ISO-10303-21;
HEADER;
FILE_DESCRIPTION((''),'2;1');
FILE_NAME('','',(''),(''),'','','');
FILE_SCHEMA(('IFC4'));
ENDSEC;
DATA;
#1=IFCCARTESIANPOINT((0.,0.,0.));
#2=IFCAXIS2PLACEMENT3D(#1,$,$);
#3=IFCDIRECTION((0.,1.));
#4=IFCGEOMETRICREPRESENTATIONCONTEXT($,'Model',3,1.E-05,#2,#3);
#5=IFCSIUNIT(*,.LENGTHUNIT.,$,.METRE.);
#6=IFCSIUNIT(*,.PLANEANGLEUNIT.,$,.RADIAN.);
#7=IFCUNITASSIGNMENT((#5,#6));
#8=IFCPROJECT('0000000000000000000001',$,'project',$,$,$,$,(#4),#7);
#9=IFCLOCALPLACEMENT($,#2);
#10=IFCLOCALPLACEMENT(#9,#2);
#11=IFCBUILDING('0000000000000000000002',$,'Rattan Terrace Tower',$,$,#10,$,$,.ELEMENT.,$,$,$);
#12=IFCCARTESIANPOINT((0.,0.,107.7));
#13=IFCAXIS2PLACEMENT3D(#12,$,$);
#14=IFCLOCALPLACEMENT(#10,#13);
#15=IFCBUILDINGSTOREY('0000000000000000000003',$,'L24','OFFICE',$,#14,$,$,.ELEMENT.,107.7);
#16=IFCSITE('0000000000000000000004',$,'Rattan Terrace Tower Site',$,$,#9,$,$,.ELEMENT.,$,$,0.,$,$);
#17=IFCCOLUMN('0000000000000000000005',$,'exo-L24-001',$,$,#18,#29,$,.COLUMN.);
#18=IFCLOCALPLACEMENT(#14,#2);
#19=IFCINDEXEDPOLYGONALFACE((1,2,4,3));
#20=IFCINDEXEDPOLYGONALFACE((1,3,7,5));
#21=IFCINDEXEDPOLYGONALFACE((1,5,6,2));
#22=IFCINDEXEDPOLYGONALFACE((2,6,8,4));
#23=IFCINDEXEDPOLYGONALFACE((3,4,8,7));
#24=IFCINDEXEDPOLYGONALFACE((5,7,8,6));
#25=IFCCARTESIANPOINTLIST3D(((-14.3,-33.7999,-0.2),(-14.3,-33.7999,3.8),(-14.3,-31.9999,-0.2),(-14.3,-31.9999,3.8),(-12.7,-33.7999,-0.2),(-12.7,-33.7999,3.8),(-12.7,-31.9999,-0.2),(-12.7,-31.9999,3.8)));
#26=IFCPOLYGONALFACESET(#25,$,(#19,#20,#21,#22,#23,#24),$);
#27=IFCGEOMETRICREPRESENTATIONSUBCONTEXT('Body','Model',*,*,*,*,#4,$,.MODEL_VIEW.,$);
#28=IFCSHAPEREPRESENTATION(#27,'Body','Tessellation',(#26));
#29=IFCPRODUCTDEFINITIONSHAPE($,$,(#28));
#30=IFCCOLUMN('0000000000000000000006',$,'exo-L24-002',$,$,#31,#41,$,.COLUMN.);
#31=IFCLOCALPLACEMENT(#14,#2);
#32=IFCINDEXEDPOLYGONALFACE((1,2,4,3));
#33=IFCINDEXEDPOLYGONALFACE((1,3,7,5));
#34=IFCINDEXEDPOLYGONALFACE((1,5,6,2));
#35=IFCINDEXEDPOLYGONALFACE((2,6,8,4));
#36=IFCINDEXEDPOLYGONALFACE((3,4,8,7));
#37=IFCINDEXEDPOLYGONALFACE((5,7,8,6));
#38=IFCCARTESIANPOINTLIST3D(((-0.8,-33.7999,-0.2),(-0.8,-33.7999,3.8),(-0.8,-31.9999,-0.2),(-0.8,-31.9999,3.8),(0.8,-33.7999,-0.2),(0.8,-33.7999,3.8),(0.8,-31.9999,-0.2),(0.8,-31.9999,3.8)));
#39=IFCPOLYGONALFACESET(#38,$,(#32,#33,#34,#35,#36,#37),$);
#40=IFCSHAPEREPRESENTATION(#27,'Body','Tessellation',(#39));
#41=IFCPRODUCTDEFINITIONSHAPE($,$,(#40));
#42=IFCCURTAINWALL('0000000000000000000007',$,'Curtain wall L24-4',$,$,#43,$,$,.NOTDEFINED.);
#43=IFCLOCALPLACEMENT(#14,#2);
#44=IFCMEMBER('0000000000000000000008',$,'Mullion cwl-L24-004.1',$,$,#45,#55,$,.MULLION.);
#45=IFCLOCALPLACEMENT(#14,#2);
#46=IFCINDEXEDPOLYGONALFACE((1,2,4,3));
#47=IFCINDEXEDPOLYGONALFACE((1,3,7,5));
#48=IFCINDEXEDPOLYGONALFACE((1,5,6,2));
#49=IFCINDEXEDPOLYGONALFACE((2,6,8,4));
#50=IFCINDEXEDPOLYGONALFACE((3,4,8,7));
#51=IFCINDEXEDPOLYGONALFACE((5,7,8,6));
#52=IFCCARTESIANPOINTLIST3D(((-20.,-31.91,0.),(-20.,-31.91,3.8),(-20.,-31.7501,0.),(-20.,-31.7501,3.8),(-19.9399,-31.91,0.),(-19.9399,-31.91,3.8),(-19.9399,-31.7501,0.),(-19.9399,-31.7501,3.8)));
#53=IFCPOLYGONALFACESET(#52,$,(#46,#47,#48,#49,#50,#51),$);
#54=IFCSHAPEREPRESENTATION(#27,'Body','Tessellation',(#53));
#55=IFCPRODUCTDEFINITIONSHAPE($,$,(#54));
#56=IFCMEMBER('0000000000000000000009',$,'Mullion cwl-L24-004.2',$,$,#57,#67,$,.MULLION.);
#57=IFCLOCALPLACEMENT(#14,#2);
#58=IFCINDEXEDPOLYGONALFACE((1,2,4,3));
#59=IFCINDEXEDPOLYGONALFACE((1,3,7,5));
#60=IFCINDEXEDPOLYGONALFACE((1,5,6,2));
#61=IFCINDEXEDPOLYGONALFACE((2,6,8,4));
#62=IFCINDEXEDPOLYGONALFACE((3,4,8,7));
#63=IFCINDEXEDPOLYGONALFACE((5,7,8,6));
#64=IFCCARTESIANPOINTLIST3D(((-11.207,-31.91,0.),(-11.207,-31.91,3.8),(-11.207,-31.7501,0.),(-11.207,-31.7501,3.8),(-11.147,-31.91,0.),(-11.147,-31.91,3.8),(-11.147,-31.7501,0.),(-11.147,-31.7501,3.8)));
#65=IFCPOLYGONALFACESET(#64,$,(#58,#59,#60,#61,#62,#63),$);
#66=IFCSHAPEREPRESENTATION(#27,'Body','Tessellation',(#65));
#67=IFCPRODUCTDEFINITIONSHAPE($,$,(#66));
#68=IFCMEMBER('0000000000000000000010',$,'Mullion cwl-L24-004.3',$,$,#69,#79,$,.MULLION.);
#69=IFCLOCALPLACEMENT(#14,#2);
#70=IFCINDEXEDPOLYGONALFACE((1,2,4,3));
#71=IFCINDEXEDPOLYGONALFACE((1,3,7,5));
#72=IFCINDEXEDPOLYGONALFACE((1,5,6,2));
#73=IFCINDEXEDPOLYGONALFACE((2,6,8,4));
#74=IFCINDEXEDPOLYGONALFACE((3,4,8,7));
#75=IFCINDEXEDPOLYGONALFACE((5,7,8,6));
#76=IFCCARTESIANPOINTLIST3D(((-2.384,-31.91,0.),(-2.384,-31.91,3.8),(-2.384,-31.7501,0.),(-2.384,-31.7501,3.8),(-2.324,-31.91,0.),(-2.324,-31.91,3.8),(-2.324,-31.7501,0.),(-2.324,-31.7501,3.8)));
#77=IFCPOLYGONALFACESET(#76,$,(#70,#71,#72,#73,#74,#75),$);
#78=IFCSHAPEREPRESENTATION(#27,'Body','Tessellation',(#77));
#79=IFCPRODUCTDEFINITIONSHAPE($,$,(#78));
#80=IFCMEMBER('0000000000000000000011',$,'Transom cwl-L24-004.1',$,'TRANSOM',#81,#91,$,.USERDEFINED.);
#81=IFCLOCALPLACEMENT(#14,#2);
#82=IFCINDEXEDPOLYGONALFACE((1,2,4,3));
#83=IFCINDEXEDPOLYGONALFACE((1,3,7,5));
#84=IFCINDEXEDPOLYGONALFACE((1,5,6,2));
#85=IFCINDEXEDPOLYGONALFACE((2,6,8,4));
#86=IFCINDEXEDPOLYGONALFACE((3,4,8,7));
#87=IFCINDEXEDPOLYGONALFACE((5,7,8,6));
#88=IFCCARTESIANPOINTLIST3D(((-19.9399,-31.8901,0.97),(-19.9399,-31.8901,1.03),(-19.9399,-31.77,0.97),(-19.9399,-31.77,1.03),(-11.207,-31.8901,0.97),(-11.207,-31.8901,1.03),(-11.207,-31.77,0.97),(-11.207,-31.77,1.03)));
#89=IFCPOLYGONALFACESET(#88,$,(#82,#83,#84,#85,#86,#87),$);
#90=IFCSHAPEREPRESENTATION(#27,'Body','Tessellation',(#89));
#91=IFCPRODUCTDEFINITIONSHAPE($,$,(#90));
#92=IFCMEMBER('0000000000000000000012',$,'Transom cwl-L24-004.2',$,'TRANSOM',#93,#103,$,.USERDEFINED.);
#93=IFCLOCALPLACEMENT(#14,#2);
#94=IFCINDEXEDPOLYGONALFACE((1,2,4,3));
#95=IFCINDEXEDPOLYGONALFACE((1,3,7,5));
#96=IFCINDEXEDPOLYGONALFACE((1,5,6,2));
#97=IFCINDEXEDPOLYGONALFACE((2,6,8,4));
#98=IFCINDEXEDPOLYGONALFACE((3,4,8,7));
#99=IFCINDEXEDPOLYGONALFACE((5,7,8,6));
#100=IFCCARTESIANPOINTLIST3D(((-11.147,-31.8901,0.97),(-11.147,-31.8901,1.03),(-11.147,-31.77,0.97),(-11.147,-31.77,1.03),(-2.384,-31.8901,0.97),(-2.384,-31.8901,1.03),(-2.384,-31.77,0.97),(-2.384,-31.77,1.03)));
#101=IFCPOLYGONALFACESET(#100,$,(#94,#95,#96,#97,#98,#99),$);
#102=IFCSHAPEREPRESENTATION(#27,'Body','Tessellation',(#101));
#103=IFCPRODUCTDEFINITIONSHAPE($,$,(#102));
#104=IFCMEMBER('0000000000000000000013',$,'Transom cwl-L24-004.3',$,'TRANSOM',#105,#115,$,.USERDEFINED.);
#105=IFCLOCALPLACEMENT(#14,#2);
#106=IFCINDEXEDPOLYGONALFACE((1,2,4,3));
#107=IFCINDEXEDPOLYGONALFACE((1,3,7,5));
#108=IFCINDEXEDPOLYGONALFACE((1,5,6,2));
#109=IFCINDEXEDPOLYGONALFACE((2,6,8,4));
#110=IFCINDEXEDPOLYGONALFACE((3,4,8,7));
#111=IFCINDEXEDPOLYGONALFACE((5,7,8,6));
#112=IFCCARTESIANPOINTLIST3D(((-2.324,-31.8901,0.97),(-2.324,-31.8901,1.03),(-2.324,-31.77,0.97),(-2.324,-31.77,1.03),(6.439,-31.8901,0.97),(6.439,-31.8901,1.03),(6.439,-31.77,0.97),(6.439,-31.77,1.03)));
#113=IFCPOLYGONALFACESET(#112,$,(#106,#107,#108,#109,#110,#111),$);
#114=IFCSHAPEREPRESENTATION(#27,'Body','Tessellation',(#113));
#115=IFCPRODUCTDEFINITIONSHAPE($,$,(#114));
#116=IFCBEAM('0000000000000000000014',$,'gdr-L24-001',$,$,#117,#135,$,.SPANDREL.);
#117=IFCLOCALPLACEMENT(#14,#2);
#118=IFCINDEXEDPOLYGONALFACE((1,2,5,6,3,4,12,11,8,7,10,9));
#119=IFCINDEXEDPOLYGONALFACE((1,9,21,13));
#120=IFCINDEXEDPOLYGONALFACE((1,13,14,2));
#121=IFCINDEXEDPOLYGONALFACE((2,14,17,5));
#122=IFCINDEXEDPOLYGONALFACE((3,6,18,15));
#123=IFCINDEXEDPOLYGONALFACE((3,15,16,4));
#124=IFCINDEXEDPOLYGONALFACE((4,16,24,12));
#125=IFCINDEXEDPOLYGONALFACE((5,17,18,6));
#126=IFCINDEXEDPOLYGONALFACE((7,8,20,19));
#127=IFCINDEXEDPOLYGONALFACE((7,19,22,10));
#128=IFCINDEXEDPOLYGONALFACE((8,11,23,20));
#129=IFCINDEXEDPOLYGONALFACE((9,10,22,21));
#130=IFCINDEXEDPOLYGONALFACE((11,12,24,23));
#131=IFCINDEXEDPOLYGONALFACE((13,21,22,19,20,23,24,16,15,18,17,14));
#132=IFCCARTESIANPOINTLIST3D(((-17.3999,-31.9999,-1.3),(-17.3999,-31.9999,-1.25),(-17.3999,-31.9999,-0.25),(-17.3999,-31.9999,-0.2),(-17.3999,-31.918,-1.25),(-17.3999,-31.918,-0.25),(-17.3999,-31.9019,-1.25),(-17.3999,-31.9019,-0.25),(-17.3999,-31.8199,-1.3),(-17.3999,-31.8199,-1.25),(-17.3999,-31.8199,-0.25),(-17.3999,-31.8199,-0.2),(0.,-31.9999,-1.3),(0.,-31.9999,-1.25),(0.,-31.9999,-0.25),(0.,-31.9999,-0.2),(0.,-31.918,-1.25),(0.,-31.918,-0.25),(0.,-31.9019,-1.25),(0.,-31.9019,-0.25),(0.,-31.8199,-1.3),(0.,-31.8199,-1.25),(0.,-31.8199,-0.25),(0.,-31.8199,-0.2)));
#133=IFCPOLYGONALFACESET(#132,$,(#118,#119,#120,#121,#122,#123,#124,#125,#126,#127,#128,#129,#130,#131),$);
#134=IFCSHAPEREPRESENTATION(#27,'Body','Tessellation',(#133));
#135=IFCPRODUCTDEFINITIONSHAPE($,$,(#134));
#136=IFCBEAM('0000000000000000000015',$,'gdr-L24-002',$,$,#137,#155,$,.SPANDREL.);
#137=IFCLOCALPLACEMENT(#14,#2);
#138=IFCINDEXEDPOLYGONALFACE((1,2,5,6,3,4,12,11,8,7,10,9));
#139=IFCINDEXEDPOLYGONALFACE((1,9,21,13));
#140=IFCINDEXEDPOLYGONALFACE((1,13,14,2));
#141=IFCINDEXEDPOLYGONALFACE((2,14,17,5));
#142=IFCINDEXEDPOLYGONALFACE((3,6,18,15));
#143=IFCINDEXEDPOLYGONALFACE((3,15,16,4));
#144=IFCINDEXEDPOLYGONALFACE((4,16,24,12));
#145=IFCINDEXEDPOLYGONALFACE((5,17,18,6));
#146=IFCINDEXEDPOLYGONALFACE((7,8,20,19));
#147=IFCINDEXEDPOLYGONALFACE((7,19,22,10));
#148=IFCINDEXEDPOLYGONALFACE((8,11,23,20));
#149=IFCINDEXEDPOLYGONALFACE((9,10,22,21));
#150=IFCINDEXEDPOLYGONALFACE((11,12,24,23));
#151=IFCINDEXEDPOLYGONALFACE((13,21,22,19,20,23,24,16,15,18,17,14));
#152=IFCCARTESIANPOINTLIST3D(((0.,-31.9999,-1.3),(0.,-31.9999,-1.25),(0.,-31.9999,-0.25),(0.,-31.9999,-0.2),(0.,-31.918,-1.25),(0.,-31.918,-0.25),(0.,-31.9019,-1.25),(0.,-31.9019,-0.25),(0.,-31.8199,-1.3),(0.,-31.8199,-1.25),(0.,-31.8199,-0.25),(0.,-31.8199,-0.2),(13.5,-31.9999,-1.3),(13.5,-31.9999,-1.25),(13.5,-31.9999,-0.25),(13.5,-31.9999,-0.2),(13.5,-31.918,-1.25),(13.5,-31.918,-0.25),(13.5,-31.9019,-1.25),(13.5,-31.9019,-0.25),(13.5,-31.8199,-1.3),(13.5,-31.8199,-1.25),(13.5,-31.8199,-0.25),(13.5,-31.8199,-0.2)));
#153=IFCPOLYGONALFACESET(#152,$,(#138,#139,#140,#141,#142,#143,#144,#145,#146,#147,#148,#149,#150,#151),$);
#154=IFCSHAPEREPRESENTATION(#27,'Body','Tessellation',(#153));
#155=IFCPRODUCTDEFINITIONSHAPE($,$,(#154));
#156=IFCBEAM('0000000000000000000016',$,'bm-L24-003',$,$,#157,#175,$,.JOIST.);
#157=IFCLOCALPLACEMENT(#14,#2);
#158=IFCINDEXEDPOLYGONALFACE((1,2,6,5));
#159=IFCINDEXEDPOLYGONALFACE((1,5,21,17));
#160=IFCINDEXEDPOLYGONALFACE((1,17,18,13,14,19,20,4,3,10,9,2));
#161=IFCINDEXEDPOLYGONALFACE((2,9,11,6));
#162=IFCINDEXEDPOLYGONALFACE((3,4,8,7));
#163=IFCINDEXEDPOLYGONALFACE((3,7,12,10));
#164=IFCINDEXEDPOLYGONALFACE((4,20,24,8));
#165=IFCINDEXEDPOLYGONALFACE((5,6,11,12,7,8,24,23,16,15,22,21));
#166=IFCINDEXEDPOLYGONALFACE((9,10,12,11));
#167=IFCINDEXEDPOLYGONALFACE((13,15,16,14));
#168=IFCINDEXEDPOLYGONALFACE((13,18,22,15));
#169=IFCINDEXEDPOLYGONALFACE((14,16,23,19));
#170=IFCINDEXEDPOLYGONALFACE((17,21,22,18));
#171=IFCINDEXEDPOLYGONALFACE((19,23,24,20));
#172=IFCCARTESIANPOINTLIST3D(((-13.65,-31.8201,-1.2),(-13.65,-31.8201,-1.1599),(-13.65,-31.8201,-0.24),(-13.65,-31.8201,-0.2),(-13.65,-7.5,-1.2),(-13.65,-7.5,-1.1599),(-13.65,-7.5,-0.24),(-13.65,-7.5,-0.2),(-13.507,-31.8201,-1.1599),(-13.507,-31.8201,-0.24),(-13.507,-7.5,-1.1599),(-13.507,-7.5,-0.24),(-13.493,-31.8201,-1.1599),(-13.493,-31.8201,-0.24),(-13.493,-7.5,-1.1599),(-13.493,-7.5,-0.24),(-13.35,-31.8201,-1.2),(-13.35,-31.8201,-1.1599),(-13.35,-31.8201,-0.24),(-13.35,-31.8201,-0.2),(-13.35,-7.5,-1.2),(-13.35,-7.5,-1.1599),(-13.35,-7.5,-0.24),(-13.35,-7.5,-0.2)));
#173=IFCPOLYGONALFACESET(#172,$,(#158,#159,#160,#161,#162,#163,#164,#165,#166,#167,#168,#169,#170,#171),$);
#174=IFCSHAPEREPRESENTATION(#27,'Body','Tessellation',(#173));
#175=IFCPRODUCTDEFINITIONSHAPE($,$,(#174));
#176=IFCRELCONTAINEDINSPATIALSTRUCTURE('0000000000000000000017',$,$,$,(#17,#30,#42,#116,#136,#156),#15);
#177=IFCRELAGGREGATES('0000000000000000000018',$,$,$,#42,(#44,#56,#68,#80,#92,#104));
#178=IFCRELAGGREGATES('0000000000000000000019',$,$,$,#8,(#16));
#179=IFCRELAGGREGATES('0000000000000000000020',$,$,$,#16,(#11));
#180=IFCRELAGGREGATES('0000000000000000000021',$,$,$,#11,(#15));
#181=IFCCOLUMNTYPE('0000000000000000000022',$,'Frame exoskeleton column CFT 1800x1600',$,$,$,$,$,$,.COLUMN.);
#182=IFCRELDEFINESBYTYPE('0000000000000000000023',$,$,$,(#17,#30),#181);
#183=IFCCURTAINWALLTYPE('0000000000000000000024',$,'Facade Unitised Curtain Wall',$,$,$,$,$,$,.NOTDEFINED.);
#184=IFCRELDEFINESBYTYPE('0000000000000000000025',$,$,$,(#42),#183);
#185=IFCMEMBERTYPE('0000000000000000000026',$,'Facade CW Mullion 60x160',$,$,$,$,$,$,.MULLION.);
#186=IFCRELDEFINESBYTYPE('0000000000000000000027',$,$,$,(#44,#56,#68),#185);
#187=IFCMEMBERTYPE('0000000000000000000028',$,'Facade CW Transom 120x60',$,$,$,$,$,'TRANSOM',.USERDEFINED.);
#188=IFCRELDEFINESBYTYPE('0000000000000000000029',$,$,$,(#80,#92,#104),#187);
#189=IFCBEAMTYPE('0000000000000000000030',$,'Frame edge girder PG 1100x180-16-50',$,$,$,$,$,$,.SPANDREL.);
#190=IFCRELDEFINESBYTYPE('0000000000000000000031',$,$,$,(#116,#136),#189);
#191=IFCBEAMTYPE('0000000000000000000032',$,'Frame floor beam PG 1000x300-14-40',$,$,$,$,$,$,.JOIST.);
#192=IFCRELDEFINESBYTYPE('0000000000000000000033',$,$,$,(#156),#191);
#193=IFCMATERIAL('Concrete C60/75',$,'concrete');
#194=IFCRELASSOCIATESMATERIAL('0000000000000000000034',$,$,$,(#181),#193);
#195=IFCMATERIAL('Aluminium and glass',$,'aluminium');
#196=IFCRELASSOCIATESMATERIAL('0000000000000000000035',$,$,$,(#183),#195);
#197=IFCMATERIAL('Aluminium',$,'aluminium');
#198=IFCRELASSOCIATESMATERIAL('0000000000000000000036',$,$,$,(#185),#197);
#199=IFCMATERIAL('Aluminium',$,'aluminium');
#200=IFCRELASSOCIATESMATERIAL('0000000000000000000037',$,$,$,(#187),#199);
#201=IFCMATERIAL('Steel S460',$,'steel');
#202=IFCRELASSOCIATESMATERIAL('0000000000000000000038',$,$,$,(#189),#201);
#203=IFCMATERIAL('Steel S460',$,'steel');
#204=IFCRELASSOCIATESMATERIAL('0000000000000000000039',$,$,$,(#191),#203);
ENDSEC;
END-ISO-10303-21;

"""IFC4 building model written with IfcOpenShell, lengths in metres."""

from ifc_helpers import new_model, si_unit, direction, frame, origin, origin_2d, place, context, subcontext, project, spatial, rectangle, i_section, extrude, material, material_profile, profile_set, type_object, element, aggregate, save


model = new_model("IFC4")

# Units and contexts
model_context = context("Model", 3, precision=1e-05, world=origin(), true_north=direction((0.0, 1.0)))
body_context = subcontext(model_context, "Body", "Model", "MODEL_VIEW")
ifc_project = project(units=[si_unit("LENGTHUNIT", "METRE"), si_unit("PLANEANGLEUNIT", "RADIAN")], contexts=[model_context])

# Site, building, storey
site_placement = place(None, origin())
site = spatial("IfcSite", under=ifc_project, at=site_placement, Name="Rattan Terrace Tower Site", CompositionType="ELEMENT", RefElevation=0.0)
building_placement = place(site_placement, origin())
building = spatial("IfcBuilding", under=site, at=building_placement, Name="Rattan Terrace Tower", CompositionType="ELEMENT")
storey_placement = place(building_placement, frame((0.0, 0.0, 107.7)))
storey = spatial("IfcBuildingStorey", under=building, at=storey_placement, Name="L24", Description="OFFICE", CompositionType="ELEMENT", Elevation=107.7)

# Columns
ifc_material_1 = material(Name="Concrete C60/75", Category="concrete")
ifc_material_profile_1 = material_profile(ifc_material_1, rectangle(XDim=1.6001, YDim=1.8, at=origin_2d()), Name="CFT 1800x1600")
ifc_profile_set_1 = profile_set([ifc_material_profile_1], Name="Concrete C60/75")
column_type = type_object("IfcColumnType", Name="Frame exoskeleton column CFT 1800x1600", PredefinedType="COLUMN", material=ifc_profile_set_1)
for number, where, z_axis, x_axis, name in (
    (1, (-13.5, -32.8999, -0.2), (0.0, 0.0, 1.0), (1.0, 0.0, 0.0), "exo-L24-001"),
    (2, (0.0, -32.8999, -0.2), (0.0, 0.0, 1.0), (1.0, 0.0, 0.0), "exo-L24-002"),
):
    element("IfcColumn", number, at=place(storey_placement, frame(where, z_axis=z_axis, x_axis=x_axis)), inside=storey, type_object=column_type, Name=name, PredefinedType="COLUMN", context=body_context, shape_type="SweptSolid", body=[
        extrude(rectangle(XDim=1.6001, YDim=1.8, at=origin_2d()), origin(), (0.0, 0.0, 1.0), 4.0),
    ])

# Curtain wall, members
ifc_material_2 = material(Name="Aluminium and glass", Category="aluminium")
curtain_wall_type = type_object("IfcCurtainWallType", Name="Facade Unitised Curtain Wall", PredefinedType="NOTDEFINED", material=ifc_material_2)
curtain_wall_placement = place(storey_placement, origin())
curtain_wall = element("IfcCurtainWall", 3, at=curtain_wall_placement, inside=storey, type_object=curtain_wall_type, Name="Curtain wall L24-4", PredefinedType="NOTDEFINED")
ifc_material_3 = material(Name="Aluminium", Category="aluminium")
ifc_material_profile_2 = material_profile(ifc_material_3, rectangle(XDim=0.0601, YDim=0.1599, at=origin_2d()), Name="Aluminium 60x160")
ifc_profile_set_2 = profile_set([ifc_material_profile_2], Name="Aluminium")
member_type_1 = type_object("IfcMemberType", Name="Facade CW Mullion 60x160", PredefinedType="MULLION", material=ifc_profile_set_2)
member_1_placement = place(storey_placement, frame((-19.97, -31.8301, 0.0), z_axis=(0.0, 0.0, 1.0), x_axis=(1.0, 0.0, 0.0)))
member_1 = element("IfcMember", 4, at=member_1_placement, type_object=member_type_1, Name="Mullion cwl-L24-004.1", PredefinedType="MULLION", context=body_context, shape_type="SweptSolid", body=[
    extrude(rectangle(XDim=0.0601, YDim=0.1599, at=origin_2d()), origin(), (0.0, 0.0, 1.0), 3.8),
])
member_2_placement = place(storey_placement, frame((-11.177, -31.8301, 0.0), z_axis=(0.0, 0.0, 1.0), x_axis=(1.0, 0.0, 0.0)))
member_2 = element("IfcMember", 5, at=member_2_placement, type_object=member_type_1, Name="Mullion cwl-L24-004.2", PredefinedType="MULLION", context=body_context, shape_type="SweptSolid", body=[
    extrude(rectangle(XDim=0.0601, YDim=0.1599, at=origin_2d()), origin(), (0.0, 0.0, 1.0), 3.8),
])
member_3_placement = place(storey_placement, frame((-2.354, -31.8301, 0.0), z_axis=(0.0, 0.0, 1.0), x_axis=(1.0, 0.0, 0.0)))
member_3 = element("IfcMember", 6, at=member_3_placement, type_object=member_type_1, Name="Mullion cwl-L24-004.3", PredefinedType="MULLION", context=body_context, shape_type="SweptSolid", body=[
    extrude(rectangle(XDim=0.0601, YDim=0.1599, at=origin_2d()), origin(), (0.0, 0.0, 1.0), 3.8),
])
ifc_material_4 = material(Name="Aluminium", Category="aluminium")
ifc_material_profile_3 = material_profile(ifc_material_4, rectangle(XDim=0.1201, YDim=0.0601, at=origin_2d()), Name="Aluminium 120x60")
ifc_profile_set_3 = profile_set([ifc_material_profile_3], Name="Aluminium")
member_type_2 = type_object("IfcMemberType", Name="Facade CW Transom 120x60", ElementType="TRANSOM", PredefinedType="USERDEFINED", material=ifc_profile_set_3)
member_4_placement = place(storey_placement, frame((-19.9399, -31.8301, 1.0), z_axis=(1.0, 0.0, 0.0), x_axis=(0.0, 1.0, 0.0)))
member_4 = element("IfcMember", 7, at=member_4_placement, type_object=member_type_2, Name="Transom cwl-L24-004.1", ObjectType="TRANSOM", PredefinedType="USERDEFINED", context=body_context, shape_type="SweptSolid", body=[
    extrude(rectangle(XDim=0.1201, YDim=0.0601, at=origin_2d()), origin(), (0.0, 0.0, 1.0), 8.7329),
])
member_5_placement = place(storey_placement, frame((-11.147, -31.8301, 1.0), z_axis=(1.0, 0.0, 0.0), x_axis=(0.0, 1.0, 0.0)))
member_5 = element("IfcMember", 8, at=member_5_placement, type_object=member_type_2, Name="Transom cwl-L24-004.2", ObjectType="TRANSOM", PredefinedType="USERDEFINED", context=body_context, shape_type="SweptSolid", body=[
    extrude(rectangle(XDim=0.1201, YDim=0.0601, at=origin_2d()), origin(), (0.0, 0.0, 1.0), 8.7629),
])
member_6_placement = place(storey_placement, frame((-2.324, -31.8301, 1.0), z_axis=(1.0, 0.0, 0.0), x_axis=(0.0, 1.0, 0.0)))
member_6 = element("IfcMember", 9, at=member_6_placement, type_object=member_type_2, Name="Transom cwl-L24-004.3", ObjectType="TRANSOM", PredefinedType="USERDEFINED", context=body_context, shape_type="SweptSolid", body=[
    extrude(rectangle(XDim=0.1201, YDim=0.0601, at=origin_2d()), origin(), (0.0, 0.0, 1.0), 8.7629),
])

# Beams
ifc_material_5 = material(Name="Steel S460", Category="steel")
ifc_material_profile_4 = material_profile(ifc_material_5, i_section(OverallWidth=0.1799, OverallDepth=1.1001, WebThickness=0.0161, FlangeThickness=0.05, at=origin_2d()), Name="PG 1100x180-16-50")
ifc_profile_set_4 = profile_set([ifc_material_profile_4], Name="Steel S460")
beam_type_1 = type_object("IfcBeamType", Name="Frame edge girder PG 1100x180-16-50", PredefinedType="SPANDREL", material=ifc_profile_set_4)
beam_1_placement = place(storey_placement, frame((-17.3999, -31.9099, -0.75), z_axis=(1.0, 0.0, 0.0), x_axis=(0.0, 1.0, 0.0)))
element("IfcBeam", 10, at=beam_1_placement, inside=storey, type_object=beam_type_1, Name="gdr-L24-001", PredefinedType="SPANDREL", context=body_context, shape_type="SweptSolid", body=[
    extrude(i_section(OverallWidth=0.1799, OverallDepth=1.1001, WebThickness=0.0161, FlangeThickness=0.05, at=origin_2d()), origin(), (0.0, 0.0, 1.0), 17.3999),
])
beam_2_placement = place(storey_placement, frame((0.0, -31.9099, -0.75), z_axis=(1.0, 0.0, 0.0), x_axis=(0.0, 1.0, 0.0)))
element("IfcBeam", 11, at=beam_2_placement, inside=storey, type_object=beam_type_1, Name="gdr-L24-002", PredefinedType="SPANDREL", context=body_context, shape_type="SweptSolid", body=[
    extrude(i_section(OverallWidth=0.1799, OverallDepth=1.1001, WebThickness=0.0161, FlangeThickness=0.05, at=origin_2d()), origin(), (0.0, 0.0, 1.0), 13.5),
])
ifc_material_6 = material(Name="Steel S460", Category="steel")
ifc_material_profile_5 = material_profile(ifc_material_6, i_section(OverallWidth=0.3, OverallDepth=1.0, WebThickness=0.0139, FlangeThickness=0.04, at=origin_2d()), Name="PG 1000x300-14-40")
ifc_profile_set_5 = profile_set([ifc_material_profile_5], Name="Steel S460")
beam_type_2 = type_object("IfcBeamType", Name="Frame floor beam PG 1000x300-14-40", PredefinedType="JOIST", material=ifc_profile_set_5)
for number, where, z_axis, x_axis, name in (
    (12, (-13.5, -31.8201, -0.7), (0.0, 1.0, 0.0), (-1.0, 0.0, 0.0), "bm-L24-003"),
):
    element("IfcBeam", number, at=place(storey_placement, frame(where, z_axis=z_axis, x_axis=x_axis)), inside=storey, type_object=beam_type_2, Name=name, PredefinedType="JOIST", context=body_context, shape_type="SweptSolid", body=[
        extrude(i_section(OverallWidth=0.3, OverallDepth=1.0, WebThickness=0.0139, FlangeThickness=0.04, at=origin_2d()), origin(), (0.0, 0.0, 1.0), 24.3201),
    ])

aggregate(curtain_wall, [member_1, member_2, member_3, member_4, member_5, member_6])

save(model, "model.ifc")
